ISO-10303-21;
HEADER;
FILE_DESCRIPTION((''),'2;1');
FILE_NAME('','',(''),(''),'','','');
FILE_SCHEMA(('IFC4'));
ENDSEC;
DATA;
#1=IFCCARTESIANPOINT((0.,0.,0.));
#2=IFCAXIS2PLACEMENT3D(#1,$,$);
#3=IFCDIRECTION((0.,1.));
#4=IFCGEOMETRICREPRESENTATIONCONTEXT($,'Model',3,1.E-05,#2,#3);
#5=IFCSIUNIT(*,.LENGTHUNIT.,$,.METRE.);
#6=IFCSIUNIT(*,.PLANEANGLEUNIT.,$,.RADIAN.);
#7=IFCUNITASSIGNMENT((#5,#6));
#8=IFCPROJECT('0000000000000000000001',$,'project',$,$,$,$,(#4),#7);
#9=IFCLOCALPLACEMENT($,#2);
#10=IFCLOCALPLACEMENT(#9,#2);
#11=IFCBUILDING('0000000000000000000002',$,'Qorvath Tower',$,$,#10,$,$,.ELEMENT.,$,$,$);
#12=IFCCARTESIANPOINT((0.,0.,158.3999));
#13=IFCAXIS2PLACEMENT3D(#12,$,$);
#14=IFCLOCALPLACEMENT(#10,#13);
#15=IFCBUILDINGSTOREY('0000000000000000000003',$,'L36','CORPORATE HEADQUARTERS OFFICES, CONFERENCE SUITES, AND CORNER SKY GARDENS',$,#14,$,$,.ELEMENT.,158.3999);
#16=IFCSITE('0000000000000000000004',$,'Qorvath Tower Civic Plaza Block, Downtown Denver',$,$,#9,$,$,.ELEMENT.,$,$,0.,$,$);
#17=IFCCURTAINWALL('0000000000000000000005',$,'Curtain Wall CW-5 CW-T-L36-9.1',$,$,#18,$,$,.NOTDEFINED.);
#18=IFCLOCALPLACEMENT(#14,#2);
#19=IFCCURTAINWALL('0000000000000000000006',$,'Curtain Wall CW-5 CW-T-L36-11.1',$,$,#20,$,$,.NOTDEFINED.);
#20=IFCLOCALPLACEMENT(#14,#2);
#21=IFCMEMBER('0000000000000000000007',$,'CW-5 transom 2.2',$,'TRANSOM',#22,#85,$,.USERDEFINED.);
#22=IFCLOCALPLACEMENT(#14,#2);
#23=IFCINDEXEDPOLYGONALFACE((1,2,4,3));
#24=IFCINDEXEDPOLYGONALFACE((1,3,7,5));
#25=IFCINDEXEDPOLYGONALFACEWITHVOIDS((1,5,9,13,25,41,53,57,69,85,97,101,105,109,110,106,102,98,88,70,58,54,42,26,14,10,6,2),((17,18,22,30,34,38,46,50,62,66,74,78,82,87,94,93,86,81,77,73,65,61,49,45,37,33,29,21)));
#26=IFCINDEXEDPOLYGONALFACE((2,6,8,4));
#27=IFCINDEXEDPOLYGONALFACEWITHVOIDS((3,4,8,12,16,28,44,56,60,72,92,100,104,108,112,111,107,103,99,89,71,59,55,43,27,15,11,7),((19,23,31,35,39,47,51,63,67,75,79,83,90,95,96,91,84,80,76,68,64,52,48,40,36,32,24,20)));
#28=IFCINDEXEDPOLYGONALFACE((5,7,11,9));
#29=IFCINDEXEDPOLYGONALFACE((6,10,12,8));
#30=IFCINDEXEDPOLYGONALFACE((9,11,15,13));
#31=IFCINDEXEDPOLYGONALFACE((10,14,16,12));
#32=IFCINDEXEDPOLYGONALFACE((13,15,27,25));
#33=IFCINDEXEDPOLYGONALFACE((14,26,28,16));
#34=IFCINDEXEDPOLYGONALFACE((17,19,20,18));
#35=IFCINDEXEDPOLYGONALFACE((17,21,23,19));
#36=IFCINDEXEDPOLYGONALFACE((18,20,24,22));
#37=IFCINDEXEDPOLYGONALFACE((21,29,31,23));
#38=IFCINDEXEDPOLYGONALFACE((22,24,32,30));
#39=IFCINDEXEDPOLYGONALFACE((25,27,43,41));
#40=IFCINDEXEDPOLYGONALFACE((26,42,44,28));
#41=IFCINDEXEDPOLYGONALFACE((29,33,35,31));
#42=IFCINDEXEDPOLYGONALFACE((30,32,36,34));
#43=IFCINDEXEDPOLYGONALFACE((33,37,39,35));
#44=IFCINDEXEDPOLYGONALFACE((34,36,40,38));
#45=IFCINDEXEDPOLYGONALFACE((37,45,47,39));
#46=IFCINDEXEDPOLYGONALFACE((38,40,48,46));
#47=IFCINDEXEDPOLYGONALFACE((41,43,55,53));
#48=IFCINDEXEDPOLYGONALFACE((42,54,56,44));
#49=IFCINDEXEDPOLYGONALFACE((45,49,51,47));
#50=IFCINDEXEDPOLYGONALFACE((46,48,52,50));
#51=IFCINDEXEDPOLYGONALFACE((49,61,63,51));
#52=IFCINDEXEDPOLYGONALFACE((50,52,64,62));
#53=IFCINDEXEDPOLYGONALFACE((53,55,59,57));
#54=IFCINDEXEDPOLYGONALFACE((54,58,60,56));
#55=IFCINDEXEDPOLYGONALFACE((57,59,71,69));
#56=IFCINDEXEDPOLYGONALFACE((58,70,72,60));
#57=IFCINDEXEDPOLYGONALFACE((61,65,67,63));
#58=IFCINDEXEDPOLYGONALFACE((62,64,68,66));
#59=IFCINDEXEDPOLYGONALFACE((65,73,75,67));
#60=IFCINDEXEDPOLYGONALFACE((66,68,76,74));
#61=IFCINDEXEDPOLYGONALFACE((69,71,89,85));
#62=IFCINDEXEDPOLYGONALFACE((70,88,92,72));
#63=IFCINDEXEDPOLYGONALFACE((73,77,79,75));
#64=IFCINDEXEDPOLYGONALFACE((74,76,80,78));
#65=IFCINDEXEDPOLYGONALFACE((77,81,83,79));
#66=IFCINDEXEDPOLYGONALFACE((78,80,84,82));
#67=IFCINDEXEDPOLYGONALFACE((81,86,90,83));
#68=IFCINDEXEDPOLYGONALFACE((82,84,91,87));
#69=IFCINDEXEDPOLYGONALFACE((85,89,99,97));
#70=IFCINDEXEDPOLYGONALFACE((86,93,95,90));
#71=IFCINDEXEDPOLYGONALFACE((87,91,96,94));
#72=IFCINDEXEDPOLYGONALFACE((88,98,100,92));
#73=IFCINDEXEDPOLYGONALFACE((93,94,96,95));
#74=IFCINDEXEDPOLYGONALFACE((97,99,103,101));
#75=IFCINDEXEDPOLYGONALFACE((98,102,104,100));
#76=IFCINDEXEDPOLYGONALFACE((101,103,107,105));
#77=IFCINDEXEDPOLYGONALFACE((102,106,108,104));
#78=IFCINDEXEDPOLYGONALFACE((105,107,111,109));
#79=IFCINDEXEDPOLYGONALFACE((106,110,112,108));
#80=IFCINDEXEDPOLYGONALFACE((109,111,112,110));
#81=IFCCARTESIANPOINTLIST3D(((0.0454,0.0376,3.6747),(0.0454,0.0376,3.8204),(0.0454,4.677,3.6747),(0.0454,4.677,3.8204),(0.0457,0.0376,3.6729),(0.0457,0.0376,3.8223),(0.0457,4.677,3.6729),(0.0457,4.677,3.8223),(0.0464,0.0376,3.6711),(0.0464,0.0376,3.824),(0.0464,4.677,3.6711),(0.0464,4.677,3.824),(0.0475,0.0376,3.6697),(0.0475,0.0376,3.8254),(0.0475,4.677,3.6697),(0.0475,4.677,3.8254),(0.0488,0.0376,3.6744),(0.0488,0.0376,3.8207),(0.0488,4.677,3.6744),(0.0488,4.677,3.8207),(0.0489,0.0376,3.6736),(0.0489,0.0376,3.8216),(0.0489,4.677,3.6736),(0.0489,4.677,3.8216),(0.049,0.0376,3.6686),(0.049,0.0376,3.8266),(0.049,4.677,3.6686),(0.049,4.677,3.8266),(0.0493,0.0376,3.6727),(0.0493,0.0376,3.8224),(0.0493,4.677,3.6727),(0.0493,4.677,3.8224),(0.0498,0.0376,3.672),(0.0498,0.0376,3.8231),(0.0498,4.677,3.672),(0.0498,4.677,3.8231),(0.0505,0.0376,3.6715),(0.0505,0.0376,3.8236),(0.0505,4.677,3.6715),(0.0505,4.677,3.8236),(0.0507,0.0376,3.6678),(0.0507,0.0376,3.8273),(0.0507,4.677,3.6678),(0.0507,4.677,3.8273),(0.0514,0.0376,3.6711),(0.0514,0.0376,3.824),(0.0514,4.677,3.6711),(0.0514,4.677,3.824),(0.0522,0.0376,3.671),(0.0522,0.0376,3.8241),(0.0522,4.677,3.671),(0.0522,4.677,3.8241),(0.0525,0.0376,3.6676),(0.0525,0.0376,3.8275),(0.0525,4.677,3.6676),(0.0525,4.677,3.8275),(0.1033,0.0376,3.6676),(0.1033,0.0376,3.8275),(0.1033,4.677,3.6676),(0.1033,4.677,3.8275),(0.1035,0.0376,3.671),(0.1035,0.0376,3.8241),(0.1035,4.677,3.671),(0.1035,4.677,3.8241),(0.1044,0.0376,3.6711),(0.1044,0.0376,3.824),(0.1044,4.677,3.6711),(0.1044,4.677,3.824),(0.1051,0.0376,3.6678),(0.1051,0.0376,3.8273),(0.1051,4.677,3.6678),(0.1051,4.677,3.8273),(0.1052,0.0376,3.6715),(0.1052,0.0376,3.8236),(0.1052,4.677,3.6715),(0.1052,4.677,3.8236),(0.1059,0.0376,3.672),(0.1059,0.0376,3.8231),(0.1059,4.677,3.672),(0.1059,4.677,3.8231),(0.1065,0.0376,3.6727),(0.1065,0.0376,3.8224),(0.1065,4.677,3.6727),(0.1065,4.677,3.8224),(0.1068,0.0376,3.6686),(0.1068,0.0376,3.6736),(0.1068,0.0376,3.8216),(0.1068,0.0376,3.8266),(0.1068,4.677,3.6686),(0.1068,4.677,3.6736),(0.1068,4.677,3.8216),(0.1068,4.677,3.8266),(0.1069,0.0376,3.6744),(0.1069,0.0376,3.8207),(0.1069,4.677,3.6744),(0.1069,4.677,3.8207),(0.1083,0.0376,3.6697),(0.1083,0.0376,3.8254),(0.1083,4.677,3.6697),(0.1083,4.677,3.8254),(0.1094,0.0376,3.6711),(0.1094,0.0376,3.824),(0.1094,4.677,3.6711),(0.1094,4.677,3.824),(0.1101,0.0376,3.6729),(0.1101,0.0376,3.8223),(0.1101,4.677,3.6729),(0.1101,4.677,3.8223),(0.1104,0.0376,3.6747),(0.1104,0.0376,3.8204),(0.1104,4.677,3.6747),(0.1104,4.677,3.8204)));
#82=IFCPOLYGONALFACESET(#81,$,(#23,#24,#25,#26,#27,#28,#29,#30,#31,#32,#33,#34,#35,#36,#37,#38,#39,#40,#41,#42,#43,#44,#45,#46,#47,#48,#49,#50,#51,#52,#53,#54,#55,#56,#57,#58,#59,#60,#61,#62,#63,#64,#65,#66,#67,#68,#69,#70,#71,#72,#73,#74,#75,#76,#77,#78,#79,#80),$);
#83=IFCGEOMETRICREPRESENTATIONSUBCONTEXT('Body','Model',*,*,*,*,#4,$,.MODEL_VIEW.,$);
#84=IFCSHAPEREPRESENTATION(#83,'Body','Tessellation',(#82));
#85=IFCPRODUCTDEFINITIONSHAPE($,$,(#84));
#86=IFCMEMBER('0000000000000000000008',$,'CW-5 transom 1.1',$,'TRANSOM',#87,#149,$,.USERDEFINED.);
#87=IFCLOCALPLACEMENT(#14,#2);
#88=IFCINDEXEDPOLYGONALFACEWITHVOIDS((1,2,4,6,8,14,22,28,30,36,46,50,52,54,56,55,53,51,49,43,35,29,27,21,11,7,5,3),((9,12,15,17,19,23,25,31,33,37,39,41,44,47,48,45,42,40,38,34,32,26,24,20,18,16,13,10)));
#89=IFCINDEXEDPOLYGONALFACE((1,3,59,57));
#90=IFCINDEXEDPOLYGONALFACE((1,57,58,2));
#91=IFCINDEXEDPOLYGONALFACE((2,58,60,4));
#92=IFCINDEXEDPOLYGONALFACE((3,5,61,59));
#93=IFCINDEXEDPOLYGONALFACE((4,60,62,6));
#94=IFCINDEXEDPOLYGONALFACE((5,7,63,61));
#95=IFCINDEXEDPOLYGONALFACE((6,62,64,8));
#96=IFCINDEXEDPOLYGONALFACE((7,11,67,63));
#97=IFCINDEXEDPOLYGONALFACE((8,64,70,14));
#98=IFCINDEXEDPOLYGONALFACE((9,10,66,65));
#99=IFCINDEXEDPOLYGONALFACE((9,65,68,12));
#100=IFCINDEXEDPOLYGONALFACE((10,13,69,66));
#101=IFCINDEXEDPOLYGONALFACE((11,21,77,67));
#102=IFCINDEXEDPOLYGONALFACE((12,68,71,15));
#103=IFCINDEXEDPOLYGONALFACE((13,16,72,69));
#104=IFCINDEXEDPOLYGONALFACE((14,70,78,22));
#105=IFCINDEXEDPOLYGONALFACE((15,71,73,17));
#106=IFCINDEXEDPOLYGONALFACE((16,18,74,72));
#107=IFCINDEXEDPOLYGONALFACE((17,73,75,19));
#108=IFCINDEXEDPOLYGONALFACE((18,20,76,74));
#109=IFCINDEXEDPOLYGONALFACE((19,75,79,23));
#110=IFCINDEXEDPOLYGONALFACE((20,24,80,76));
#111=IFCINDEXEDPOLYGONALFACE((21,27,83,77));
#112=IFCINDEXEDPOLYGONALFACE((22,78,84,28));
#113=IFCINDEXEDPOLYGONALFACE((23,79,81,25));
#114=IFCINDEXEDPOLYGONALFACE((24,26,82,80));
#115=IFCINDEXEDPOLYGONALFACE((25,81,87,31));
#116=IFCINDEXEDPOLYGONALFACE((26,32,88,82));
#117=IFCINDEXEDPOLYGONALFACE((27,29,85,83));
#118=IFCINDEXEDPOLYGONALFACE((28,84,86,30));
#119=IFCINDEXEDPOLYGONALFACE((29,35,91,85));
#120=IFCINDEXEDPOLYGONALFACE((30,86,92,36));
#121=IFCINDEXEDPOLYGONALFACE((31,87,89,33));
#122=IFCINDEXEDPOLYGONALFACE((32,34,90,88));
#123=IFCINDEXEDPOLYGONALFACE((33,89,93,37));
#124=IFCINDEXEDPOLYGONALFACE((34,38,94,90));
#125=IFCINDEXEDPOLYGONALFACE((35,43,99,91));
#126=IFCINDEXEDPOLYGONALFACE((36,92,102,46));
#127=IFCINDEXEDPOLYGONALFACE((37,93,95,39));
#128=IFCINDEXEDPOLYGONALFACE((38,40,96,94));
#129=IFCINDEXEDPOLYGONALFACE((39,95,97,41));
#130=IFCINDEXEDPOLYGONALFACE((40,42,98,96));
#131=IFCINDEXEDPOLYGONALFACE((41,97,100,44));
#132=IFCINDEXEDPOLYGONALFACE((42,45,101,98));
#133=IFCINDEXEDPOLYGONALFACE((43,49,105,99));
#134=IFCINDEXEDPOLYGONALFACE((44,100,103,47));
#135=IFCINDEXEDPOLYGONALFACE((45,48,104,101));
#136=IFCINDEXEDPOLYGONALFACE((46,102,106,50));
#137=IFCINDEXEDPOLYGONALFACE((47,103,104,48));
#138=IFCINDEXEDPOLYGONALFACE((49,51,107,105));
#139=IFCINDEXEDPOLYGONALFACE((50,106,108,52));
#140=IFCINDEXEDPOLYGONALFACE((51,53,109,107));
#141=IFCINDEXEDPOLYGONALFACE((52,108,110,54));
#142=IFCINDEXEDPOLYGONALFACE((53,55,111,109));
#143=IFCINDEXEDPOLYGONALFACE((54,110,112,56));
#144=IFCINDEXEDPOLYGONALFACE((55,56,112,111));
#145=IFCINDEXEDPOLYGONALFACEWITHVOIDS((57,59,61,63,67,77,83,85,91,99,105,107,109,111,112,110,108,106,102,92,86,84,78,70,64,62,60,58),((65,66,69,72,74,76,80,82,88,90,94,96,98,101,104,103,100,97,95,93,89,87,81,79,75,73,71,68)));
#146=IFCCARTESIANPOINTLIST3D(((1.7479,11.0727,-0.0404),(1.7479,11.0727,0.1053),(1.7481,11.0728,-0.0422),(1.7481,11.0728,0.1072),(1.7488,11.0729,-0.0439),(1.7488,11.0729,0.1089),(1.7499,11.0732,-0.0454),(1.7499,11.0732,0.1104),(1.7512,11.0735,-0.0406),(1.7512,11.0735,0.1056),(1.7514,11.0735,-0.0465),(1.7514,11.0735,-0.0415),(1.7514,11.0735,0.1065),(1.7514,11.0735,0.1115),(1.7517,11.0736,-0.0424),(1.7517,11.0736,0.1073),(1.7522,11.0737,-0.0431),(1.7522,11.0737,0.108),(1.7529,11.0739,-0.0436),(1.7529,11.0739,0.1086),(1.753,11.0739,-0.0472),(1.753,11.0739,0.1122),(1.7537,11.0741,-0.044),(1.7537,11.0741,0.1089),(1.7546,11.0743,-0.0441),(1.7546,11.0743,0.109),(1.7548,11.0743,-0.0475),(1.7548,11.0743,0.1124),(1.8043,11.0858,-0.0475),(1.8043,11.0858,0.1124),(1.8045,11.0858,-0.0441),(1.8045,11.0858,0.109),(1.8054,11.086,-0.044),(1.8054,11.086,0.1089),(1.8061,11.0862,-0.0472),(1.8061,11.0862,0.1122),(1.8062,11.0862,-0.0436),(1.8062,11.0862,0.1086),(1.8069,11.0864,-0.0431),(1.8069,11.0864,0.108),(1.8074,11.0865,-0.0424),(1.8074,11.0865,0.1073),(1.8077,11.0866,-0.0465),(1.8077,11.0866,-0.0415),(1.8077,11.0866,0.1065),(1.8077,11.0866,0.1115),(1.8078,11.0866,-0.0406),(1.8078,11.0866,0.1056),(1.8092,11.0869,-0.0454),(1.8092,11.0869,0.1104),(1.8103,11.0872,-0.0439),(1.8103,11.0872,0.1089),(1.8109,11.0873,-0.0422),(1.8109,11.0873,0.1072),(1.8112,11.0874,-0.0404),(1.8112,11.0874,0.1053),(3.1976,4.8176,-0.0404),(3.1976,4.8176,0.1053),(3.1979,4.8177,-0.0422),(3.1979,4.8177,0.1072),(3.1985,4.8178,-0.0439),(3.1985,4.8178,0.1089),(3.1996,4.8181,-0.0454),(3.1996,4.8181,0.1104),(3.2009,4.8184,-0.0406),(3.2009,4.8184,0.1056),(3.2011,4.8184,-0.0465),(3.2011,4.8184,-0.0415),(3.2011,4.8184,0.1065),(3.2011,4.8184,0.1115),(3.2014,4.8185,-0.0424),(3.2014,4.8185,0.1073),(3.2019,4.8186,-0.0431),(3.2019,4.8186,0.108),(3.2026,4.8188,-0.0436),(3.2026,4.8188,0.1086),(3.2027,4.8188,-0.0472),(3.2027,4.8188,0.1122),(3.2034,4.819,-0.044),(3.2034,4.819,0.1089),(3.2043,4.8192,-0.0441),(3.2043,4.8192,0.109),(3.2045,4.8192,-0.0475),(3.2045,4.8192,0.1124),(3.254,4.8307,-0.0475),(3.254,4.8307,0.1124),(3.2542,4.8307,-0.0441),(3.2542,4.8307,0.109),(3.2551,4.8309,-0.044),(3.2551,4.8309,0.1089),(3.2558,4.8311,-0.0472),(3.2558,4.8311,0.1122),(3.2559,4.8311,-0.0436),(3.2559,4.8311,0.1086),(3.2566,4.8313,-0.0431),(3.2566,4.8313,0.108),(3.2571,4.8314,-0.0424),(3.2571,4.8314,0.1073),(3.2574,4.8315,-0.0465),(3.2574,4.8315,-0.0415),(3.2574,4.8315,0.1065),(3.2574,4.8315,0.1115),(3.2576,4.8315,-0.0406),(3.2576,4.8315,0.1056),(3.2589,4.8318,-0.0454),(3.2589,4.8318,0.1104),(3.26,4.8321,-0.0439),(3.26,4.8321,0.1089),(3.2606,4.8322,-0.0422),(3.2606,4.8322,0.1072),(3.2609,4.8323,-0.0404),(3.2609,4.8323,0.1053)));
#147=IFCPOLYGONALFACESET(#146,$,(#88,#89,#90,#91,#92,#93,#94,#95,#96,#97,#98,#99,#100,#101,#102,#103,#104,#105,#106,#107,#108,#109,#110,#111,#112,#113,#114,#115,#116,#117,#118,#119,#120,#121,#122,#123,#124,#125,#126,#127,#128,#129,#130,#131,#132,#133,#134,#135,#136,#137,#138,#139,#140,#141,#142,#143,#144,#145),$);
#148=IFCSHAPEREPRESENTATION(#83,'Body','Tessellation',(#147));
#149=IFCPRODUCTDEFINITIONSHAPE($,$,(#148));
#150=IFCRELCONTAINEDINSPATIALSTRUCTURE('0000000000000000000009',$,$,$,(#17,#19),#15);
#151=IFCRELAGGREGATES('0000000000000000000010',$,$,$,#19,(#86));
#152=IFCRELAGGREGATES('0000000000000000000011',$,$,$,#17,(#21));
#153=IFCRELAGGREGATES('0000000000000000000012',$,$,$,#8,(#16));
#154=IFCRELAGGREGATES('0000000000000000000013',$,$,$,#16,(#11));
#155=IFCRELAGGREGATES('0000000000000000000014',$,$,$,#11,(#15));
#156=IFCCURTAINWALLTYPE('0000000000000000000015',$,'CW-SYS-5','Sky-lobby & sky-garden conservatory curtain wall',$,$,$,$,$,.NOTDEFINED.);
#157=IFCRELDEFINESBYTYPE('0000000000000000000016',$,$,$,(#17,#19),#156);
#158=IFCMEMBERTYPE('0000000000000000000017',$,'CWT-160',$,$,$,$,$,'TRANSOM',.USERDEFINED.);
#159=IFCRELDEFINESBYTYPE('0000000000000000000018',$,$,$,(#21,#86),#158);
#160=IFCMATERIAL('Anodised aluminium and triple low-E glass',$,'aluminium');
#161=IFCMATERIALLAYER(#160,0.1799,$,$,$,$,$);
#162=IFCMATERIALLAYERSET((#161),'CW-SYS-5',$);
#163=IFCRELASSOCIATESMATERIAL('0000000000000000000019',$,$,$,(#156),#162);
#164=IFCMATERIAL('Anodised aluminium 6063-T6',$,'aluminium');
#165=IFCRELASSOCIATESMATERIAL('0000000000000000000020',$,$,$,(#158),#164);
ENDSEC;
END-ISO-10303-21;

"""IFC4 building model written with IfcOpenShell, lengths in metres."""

from ifc_helpers import new_model, si_unit, direction, frame, origin, origin_2d, place, context, subcontext, project, spatial, hollow_rectangle, extrude, material, layer, layer_set, material_profile, profile_set, type_object, element, aggregate, save


model = new_model("IFC4")

# Units and contexts
model_context = context("Model", 3, precision=1e-05, world=origin(), true_north=direction((0.0, 1.0)))
body_context = subcontext(model_context, "Body", "Model", "MODEL_VIEW")
ifc_project = project(units=[si_unit("LENGTHUNIT", "METRE"), si_unit("PLANEANGLEUNIT", "RADIAN")], contexts=[model_context])

# Site, building, storey
site_placement = place(None, origin())
site = spatial("IfcSite", under=ifc_project, at=site_placement, Name="Qorvath Tower Civic Plaza Block, Downtown Denver", CompositionType="ELEMENT", RefElevation=0.0)
building_placement = place(site_placement, origin())
building = spatial("IfcBuilding", under=site, at=building_placement, Name="Qorvath Tower", CompositionType="ELEMENT")
storey_placement = place(building_placement, frame((0.0, 0.0, 158.3999)))
storey = spatial("IfcBuildingStorey", under=building, at=storey_placement, Name="L36", Description="CORPORATE HEADQUARTERS OFFICES, CONFERENCE SUITES, AND CORNER SKY GARDENS", CompositionType="ELEMENT", Elevation=158.3999)

# Curtain wall
ifc_material_1 = material(Name="Anodised aluminium and triple low-E glass", Category="aluminium")
ifc_layer_1 = layer(ifc_material_1, 0.1799)
ifc_layer_set_1 = layer_set([ifc_layer_1], Name="CW-SYS-5")
curtain_wall_type = type_object("IfcCurtainWallType", Name="CW-SYS-5", Description="Sky-lobby & sky-garden conservatory curtain wall", PredefinedType="NOTDEFINED", material=ifc_layer_set_1)
curtain_wall_1_placement = place(storey_placement, origin())
curtain_wall_1 = element("IfcCurtainWall", 1, at=curtain_wall_1_placement, inside=storey, type_object=curtain_wall_type, Name="Curtain Wall CW-5 CW-T-L36-9.1", PredefinedType="NOTDEFINED")

# Curtain wall
curtain_wall_2_placement = place(storey_placement, origin())
curtain_wall_2 = element("IfcCurtainWall", 2, at=curtain_wall_2_placement, inside=storey, type_object=curtain_wall_type, Name="Curtain Wall CW-5 CW-T-L36-11.1", PredefinedType="NOTDEFINED")

# Members
ifc_material_2 = material(Name="Anodised aluminium 6063-T6", Category="aluminium")
ifc_material_profile_1 = material_profile(ifc_material_2, hollow_rectangle(XDim=0.0649, YDim=0.1599, WallThickness=0.0034, InnerFilletRadius=0.0034, OuterFilletRadius=0.0071, at=origin_2d()), Name="CWT 160x65")
ifc_profile_set_1 = profile_set([ifc_material_profile_1], Name="Anodised aluminium 6063-T6")
member_type_1 = type_object("IfcMemberType", Name="CWT-160", ElementType="TRANSOM", PredefinedType="USERDEFINED", material=ifc_profile_set_1)
member_1_placement = place(storey_placement, frame((0.0779, 0.0376, 3.7476), z_axis=(0.0, 1.0, 0.0), x_axis=(-1.0, 0.0, 0.0)))
member_1 = element("IfcMember", 3, at=member_1_placement, type_object=member_type_1, Name="CW-5 transom 2.2", ObjectType="TRANSOM", PredefinedType="USERDEFINED", context=body_context, shape_type="SweptSolid", body=[
    extrude(hollow_rectangle(XDim=0.0649, YDim=0.1599, WallThickness=0.0034, InnerFilletRadius=0.0034, OuterFilletRadius=0.0071, at=origin_2d()), origin(), (0.0, 0.0, 1.0), 4.6394),
])
member_2_placement = place(storey_placement, frame((3.2292, 4.825, 0.0325), z_axis=(-0.225779, 0.974179, 0.0), x_axis=(-0.974179, -0.225779, 0.0)))
member_2 = element("IfcMember", 4, at=member_2_placement, type_object=member_type_1, Name="CW-5 transom 1.1", ObjectType="TRANSOM", PredefinedType="USERDEFINED", context=body_context, shape_type="SweptSolid", body=[
    extrude(hollow_rectangle(XDim=0.0649, YDim=0.1599, WallThickness=0.0034, InnerFilletRadius=0.0034, OuterFilletRadius=0.0071, at=origin_2d()), origin(), (0.0, 0.0, 1.0), 6.4209),
])
aggregate(curtain_wall_2, [member_2])

aggregate(curtain_wall_1, [member_1])

save(model, "model.ifc")
